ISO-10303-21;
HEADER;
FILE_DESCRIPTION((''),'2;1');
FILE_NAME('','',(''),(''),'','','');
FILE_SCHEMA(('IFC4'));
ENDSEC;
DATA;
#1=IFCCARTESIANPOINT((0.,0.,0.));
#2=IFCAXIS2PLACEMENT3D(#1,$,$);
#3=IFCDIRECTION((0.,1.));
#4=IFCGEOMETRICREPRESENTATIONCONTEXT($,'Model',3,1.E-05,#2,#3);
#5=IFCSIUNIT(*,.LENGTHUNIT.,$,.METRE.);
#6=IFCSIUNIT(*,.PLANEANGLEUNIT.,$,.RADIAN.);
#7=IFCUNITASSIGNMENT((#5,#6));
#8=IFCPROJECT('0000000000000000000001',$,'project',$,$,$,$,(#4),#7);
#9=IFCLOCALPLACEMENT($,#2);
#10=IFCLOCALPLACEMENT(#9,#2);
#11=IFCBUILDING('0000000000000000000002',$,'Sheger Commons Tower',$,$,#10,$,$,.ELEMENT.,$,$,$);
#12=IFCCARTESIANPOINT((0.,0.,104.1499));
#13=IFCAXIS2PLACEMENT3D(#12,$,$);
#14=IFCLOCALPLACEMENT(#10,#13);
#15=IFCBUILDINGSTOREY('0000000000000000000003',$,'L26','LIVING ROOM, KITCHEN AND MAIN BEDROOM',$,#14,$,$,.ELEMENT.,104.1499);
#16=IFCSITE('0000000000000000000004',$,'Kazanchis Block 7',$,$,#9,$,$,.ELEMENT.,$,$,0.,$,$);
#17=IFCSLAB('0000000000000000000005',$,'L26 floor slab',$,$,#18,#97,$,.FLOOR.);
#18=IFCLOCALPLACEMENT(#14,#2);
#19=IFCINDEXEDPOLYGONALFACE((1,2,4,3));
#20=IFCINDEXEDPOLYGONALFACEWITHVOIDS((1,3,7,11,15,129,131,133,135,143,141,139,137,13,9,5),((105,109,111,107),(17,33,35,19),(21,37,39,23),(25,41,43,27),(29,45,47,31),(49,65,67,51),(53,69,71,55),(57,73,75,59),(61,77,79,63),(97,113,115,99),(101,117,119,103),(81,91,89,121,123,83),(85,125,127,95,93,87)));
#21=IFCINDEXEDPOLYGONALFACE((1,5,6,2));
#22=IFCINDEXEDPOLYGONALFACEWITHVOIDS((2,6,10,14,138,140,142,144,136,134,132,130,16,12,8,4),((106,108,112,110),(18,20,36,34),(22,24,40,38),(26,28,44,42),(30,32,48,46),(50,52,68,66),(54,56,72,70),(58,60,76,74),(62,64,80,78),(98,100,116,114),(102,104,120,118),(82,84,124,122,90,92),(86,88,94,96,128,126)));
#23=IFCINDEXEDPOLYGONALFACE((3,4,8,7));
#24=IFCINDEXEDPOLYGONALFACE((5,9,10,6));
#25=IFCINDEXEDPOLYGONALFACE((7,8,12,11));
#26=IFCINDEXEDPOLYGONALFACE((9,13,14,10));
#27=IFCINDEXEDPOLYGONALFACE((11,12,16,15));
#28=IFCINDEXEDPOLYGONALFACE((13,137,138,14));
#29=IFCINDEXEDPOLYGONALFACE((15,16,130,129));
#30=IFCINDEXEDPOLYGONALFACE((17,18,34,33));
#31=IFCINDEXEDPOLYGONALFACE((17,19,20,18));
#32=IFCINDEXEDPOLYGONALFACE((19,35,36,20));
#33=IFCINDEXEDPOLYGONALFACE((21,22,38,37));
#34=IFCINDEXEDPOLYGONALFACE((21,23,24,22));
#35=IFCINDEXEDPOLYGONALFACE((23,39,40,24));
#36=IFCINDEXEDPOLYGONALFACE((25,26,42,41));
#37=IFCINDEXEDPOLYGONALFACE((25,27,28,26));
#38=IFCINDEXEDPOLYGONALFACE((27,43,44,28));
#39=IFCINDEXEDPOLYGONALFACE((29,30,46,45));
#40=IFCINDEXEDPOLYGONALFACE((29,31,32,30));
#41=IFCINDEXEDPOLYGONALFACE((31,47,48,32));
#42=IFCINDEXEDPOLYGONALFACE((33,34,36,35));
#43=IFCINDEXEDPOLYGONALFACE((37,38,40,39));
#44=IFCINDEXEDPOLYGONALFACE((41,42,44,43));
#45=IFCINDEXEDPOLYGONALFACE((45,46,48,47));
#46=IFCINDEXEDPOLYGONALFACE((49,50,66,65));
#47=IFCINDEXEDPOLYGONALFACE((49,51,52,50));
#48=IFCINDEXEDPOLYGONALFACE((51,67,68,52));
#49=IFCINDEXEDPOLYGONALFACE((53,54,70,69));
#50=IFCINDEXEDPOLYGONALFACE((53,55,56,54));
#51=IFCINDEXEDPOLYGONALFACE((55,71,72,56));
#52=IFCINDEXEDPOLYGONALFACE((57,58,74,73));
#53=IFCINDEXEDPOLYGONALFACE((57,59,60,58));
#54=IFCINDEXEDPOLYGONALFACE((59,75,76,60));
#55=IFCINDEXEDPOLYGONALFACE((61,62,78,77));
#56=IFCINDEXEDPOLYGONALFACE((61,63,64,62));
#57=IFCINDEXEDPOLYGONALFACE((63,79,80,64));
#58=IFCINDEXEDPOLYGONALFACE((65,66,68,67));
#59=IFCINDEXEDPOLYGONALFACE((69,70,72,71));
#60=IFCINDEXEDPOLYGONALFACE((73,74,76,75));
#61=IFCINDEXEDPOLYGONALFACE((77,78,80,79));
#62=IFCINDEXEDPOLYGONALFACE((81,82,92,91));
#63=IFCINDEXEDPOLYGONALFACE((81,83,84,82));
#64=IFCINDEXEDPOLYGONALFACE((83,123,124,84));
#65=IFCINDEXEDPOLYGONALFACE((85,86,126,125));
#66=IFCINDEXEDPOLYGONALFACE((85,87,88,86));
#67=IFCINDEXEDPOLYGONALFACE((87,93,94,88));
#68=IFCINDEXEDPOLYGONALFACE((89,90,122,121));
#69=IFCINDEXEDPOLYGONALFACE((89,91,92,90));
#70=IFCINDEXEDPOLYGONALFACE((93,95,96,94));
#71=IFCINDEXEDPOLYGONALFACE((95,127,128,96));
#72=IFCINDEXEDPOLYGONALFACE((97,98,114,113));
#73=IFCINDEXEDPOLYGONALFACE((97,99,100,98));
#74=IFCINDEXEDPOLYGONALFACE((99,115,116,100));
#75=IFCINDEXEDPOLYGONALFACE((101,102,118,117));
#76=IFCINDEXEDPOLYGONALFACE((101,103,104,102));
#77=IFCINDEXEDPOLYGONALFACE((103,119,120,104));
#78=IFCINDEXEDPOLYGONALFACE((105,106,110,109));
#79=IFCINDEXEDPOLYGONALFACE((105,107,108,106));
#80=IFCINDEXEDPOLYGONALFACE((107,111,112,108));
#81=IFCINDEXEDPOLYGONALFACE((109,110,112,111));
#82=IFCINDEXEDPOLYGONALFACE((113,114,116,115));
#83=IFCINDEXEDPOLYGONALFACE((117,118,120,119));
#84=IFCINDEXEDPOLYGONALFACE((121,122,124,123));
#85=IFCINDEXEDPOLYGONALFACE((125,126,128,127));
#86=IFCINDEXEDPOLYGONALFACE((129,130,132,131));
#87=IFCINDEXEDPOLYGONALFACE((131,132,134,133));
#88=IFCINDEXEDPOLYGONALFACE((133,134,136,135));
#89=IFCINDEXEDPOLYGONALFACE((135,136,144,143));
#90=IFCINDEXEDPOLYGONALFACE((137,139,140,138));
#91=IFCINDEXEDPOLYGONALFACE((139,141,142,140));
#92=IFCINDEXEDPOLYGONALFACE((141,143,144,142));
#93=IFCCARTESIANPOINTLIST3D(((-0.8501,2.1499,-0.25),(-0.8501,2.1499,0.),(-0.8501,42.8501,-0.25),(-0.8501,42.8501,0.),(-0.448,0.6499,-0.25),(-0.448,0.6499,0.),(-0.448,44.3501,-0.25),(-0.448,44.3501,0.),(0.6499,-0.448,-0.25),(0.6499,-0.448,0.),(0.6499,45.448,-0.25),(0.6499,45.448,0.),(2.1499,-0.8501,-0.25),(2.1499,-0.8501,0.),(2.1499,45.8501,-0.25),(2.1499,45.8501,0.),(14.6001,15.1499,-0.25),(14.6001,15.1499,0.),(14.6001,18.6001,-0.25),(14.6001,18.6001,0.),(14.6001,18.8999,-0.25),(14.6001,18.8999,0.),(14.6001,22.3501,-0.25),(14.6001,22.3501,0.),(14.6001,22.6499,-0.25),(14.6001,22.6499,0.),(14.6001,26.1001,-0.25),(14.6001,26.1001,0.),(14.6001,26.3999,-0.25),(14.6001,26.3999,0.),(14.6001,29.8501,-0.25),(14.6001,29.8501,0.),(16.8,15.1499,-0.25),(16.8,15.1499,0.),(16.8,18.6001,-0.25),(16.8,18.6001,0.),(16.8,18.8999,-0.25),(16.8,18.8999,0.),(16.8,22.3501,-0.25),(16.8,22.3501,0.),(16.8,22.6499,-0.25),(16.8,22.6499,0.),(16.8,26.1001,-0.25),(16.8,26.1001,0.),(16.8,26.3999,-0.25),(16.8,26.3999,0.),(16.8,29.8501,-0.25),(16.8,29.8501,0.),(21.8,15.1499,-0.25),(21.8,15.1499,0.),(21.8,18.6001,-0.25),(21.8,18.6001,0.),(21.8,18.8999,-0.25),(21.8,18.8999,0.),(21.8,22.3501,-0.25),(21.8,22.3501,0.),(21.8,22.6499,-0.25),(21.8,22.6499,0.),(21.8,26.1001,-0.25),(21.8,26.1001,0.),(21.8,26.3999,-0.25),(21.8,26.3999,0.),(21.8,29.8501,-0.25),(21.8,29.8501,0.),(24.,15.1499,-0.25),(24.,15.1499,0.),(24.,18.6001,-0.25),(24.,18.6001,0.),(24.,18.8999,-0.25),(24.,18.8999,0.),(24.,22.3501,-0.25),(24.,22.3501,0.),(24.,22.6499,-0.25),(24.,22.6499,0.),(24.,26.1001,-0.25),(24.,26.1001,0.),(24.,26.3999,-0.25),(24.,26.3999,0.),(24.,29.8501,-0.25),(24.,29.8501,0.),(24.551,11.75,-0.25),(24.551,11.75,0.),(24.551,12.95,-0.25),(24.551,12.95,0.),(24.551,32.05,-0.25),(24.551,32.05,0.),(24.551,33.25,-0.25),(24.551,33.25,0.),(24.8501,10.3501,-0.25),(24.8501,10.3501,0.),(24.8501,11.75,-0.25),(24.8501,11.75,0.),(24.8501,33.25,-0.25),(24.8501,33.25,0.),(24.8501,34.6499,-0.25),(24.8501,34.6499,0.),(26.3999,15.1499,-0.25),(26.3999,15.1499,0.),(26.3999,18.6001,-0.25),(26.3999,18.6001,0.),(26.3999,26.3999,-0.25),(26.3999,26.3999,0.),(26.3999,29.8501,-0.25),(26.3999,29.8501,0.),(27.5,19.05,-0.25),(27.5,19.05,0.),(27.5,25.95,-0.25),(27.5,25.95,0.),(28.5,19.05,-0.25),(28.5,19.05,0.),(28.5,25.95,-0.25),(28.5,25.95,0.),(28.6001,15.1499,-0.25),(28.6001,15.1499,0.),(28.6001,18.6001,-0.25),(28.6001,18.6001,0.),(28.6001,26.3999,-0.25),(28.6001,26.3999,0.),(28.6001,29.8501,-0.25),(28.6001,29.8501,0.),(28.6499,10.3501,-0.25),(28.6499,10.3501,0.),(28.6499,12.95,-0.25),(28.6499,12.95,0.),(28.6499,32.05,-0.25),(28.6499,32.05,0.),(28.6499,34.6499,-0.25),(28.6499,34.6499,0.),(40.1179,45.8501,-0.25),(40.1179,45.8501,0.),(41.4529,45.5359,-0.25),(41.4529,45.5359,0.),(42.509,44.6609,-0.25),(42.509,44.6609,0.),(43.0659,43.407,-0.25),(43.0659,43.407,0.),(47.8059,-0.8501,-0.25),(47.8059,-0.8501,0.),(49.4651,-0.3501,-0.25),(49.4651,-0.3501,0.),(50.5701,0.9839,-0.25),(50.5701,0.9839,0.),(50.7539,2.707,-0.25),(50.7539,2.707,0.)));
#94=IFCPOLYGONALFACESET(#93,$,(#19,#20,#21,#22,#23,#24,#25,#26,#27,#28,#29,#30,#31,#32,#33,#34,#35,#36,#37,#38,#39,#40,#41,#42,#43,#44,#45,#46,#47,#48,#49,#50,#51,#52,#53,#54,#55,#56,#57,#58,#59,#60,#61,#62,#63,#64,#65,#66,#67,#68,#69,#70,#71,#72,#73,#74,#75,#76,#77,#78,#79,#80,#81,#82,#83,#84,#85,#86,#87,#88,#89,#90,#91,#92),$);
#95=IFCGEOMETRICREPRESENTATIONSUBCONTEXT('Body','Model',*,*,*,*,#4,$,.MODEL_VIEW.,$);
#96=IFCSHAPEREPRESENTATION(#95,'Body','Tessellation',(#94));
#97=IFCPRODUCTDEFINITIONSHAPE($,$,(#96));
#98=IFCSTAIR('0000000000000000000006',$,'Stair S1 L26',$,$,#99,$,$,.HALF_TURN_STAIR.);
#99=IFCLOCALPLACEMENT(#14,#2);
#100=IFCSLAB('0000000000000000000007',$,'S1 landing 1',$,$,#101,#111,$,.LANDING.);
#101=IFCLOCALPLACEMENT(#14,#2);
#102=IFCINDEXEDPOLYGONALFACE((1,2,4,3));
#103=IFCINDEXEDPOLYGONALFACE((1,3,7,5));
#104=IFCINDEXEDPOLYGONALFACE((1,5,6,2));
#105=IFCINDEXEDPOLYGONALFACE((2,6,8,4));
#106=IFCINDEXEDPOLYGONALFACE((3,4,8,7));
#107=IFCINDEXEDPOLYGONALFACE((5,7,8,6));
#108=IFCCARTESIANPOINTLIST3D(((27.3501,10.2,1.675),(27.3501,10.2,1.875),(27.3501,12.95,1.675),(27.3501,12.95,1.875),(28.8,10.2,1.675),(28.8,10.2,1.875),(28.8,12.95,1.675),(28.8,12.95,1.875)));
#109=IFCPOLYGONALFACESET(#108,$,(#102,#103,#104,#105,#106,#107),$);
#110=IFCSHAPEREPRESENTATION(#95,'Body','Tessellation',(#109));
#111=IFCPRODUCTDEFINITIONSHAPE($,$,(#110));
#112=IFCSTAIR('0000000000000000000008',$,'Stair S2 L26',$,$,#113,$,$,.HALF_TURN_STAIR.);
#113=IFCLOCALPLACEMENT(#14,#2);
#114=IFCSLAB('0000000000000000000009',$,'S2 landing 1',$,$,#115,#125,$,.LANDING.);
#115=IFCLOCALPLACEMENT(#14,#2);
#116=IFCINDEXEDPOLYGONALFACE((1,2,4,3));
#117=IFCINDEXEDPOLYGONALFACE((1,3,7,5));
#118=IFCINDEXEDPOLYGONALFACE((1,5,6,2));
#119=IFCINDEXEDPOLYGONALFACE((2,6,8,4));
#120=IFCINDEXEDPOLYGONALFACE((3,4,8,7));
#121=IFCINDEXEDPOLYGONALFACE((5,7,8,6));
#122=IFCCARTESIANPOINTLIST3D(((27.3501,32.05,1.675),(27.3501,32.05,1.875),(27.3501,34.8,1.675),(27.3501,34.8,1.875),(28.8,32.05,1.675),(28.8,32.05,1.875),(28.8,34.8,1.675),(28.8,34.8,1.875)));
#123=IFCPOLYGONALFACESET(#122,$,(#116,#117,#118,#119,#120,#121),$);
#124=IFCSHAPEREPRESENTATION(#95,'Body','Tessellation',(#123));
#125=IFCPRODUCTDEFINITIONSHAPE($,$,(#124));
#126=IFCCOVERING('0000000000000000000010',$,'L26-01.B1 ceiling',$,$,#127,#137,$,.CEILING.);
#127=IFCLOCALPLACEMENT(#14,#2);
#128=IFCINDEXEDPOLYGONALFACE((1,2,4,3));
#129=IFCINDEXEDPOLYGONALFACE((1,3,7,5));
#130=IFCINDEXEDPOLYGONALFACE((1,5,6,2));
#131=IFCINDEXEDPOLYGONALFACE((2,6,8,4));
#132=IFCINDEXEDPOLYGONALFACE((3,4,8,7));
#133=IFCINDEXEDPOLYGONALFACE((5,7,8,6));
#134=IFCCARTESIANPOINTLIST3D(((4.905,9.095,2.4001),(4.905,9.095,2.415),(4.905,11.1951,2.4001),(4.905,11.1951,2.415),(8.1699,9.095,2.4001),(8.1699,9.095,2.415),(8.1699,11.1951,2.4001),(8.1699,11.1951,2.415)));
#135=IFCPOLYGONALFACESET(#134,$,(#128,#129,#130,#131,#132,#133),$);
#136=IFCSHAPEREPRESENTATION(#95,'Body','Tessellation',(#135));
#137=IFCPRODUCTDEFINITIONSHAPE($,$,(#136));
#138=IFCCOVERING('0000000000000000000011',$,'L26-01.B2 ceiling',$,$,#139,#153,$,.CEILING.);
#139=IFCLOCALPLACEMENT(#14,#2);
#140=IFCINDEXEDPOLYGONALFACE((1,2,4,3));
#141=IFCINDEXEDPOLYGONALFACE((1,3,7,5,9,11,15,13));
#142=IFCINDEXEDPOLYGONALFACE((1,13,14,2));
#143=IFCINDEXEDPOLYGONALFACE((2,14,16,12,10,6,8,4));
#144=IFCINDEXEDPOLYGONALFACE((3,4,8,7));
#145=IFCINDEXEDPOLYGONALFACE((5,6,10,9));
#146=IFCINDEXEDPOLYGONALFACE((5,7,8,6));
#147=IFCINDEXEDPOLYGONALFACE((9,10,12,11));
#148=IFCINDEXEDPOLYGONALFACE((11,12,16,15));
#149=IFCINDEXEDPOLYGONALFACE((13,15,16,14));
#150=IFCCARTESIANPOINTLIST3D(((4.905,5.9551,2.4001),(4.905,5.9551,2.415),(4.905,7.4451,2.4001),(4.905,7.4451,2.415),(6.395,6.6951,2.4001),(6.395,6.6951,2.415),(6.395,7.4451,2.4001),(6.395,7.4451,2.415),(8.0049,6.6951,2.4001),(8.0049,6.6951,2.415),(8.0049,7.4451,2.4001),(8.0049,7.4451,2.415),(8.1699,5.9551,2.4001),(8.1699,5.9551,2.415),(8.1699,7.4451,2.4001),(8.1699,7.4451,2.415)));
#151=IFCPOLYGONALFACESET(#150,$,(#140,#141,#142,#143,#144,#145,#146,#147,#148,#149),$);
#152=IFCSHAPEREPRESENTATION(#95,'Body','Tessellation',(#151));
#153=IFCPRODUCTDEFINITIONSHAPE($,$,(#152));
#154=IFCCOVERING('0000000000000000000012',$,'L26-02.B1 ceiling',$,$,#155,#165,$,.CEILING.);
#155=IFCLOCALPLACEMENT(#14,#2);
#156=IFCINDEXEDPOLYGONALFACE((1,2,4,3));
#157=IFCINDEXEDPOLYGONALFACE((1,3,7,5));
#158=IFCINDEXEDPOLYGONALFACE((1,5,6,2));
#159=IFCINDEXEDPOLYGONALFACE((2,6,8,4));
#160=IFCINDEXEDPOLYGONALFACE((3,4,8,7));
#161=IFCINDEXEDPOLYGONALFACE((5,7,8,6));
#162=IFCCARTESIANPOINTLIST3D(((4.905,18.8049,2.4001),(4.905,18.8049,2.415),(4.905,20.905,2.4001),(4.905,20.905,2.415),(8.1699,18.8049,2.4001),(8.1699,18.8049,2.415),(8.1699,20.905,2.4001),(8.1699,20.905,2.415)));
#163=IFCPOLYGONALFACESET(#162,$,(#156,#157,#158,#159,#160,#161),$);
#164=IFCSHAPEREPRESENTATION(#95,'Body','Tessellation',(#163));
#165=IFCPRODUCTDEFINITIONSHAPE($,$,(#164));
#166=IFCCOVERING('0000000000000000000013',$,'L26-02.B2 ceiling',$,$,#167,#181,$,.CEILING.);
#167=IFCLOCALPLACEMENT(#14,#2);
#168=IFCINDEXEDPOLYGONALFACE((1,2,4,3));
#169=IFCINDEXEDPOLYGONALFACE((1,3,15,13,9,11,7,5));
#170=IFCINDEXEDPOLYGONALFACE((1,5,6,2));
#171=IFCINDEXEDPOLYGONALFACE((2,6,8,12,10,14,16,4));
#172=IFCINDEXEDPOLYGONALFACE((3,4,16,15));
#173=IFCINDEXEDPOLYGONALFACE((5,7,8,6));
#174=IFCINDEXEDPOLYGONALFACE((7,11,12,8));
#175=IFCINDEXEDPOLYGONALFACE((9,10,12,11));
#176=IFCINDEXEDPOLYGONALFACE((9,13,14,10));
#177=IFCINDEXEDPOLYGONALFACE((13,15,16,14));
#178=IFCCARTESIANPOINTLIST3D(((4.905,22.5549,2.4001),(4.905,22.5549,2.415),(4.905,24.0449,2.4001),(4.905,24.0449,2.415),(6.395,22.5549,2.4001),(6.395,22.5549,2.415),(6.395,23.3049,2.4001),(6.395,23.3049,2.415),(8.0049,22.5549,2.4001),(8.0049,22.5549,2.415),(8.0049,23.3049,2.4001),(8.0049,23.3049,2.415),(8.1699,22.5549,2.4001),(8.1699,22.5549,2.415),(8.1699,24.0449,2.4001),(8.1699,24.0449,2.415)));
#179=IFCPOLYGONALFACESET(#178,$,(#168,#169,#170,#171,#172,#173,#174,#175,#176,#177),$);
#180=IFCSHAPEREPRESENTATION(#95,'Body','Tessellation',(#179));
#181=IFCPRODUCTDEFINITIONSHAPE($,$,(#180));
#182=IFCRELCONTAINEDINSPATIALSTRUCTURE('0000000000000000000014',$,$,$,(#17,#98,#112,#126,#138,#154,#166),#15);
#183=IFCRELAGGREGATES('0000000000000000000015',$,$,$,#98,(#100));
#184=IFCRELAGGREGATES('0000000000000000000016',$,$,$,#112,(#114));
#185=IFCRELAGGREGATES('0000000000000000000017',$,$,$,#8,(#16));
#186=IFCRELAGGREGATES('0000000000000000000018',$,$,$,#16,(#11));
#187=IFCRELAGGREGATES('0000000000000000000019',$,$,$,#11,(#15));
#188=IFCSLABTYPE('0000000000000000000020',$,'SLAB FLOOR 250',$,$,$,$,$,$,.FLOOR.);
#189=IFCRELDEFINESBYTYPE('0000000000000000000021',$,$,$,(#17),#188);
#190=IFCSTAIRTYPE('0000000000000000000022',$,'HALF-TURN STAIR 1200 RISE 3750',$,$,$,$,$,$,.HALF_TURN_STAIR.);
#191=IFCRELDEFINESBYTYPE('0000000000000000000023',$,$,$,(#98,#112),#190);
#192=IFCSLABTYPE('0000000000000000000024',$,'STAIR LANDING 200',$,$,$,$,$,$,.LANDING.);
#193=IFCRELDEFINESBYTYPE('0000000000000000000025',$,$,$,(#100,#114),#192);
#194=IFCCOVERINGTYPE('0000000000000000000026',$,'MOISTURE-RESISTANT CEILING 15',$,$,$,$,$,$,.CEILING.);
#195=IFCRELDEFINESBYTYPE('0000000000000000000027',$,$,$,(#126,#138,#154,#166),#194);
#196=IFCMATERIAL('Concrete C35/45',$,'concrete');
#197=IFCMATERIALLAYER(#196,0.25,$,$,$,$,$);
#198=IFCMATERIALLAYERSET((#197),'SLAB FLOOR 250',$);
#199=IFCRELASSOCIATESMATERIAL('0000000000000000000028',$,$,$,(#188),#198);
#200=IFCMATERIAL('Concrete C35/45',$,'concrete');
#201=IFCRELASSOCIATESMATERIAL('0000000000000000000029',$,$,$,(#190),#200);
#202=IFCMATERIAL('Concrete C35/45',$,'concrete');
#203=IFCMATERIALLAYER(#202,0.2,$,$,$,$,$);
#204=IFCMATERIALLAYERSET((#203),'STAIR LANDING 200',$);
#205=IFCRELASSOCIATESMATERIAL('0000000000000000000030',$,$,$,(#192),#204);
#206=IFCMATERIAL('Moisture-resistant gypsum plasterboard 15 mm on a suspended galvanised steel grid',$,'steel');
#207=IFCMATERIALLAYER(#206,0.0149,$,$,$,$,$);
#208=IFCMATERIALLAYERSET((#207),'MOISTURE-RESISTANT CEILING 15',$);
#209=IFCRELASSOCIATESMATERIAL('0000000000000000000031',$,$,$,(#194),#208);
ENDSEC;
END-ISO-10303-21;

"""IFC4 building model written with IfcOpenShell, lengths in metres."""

from ifc_helpers import new_model, si_unit, direction, frame, origin, place, context, subcontext, project, spatial, polyline, outline, extrude, material, layer, layer_set, type_object, element, aggregate, save


model = new_model("IFC4")

# Units and contexts
model_context = context("Model", 3, precision=1e-05, world=origin(), true_north=direction((0.0, 1.0)))
body_context = subcontext(model_context, "Body", "Model", "MODEL_VIEW")
ifc_project = project(units=[si_unit("LENGTHUNIT", "METRE"), si_unit("PLANEANGLEUNIT", "RADIAN")], contexts=[model_context])

# Site, building, storey
site_placement = place(None, origin())
site = spatial("IfcSite", under=ifc_project, at=site_placement, Name="Kazanchis Block 7", CompositionType="ELEMENT", RefElevation=0.0)
building_placement = place(site_placement, origin())
building = spatial("IfcBuilding", under=site, at=building_placement, Name="Sheger Commons Tower", CompositionType="ELEMENT")
storey_placement = place(building_placement, frame((0.0, 0.0, 104.1499)))
storey = spatial("IfcBuildingStorey", under=building, at=storey_placement, Name="L26", Description="LIVING ROOM, KITCHEN AND MAIN BEDROOM", CompositionType="ELEMENT", Elevation=104.1499)

# Slab
ifc_material_1 = material(Name="Concrete C35/45", Category="concrete")
ifc_layer_1 = layer(ifc_material_1, 0.25)
ifc_layer_set_1 = layer_set([ifc_layer_1], Name="SLAB FLOOR 250")
slab_type_1 = type_object("IfcSlabType", Name="SLAB FLOOR 250", PredefinedType="FLOOR", material=ifc_layer_set_1)
slab_1_placement = place(storey_placement, frame((0.0, 0.0, -0.25)))
element("IfcSlab", 1, at=slab_1_placement, inside=storey, type_object=slab_type_1, Name="L26 floor slab", PredefinedType="FLOOR", context=body_context, shape_type="SweptSolid", body=[
    extrude(outline(polyline([(-0.8501, 2.1499), (-0.448, 0.6499), (0.6499, -0.448), (2.1499, -0.8501), (47.8059, -0.8501), (49.4651, -0.3501), (50.5701, 0.9839), (50.7539, 2.707), (43.0659, 43.407), (42.509, 44.6609), (41.4529, 45.5359), (40.1179, 45.8501), (2.1499, 45.8501), (0.6499, 45.448), (-0.448, 44.3501), (-0.8501, 42.8501), (-0.8501, 2.1499)]), holes=[polyline([(24.8501, 10.3501), (28.6499, 10.3501), (28.6499, 12.95), (24.551, 12.95), (24.551, 11.75), (24.8501, 11.75), (24.8501, 10.3501)]), polyline([(24.551, 32.05), (28.6499, 32.05), (28.6499, 34.6499), (24.8501, 34.6499), (24.8501, 33.25), (24.551, 33.25), (24.551, 32.05)]), polyline([(26.3999, 15.1499), (28.6001, 15.1499), (28.6001, 18.6001), (26.3999, 18.6001), (26.3999, 15.1499)]), polyline([(26.3999, 26.3999), (28.6001, 26.3999), (28.6001, 29.8501), (26.3999, 29.8501), (26.3999, 26.3999)]), polyline([(14.6001, 15.1499), (16.8, 15.1499), (16.8, 18.6001), (14.6001, 18.6001), (14.6001, 15.1499)]), polyline([(14.6001, 18.8999), (16.8, 18.8999), (16.8, 22.3501), (14.6001, 22.3501), (14.6001, 18.8999)]), polyline([(14.6001, 22.6499), (16.8, 22.6499), (16.8, 26.1001), (14.6001, 26.1001), (14.6001, 22.6499)]), polyline([(14.6001, 26.3999), (16.8, 26.3999), (16.8, 29.8501), (14.6001, 29.8501), (14.6001, 26.3999)]), polyline([(21.8, 15.1499), (24.0, 15.1499), (24.0, 18.6001), (21.8, 18.6001), (21.8, 15.1499)]), polyline([(21.8, 18.8999), (24.0, 18.8999), (24.0, 22.3501), (21.8, 22.3501), (21.8, 18.8999)]), polyline([(21.8, 22.6499), (24.0, 22.6499), (24.0, 26.1001), (21.8, 26.1001), (21.8, 22.6499)]), polyline([(21.8, 26.3999), (24.0, 26.3999), (24.0, 29.8501), (21.8, 29.8501), (21.8, 26.3999)]), polyline([(27.5, 19.05), (28.5, 19.05), (28.5, 25.95), (27.5, 25.95), (27.5, 19.05)])]), origin(), (0.0, 0.0, 1.0), 0.25),
])

# Stairs, slabs
ifc_material_2 = material(Name="Concrete C35/45", Category="concrete")
stair_type = type_object("IfcStairType", Name="HALF-TURN STAIR 1200 RISE 3750", PredefinedType="HALF_TURN_STAIR", material=ifc_material_2)
stair_1_placement = place(storey_placement, origin())
stair_1 = element("IfcStair", 2, at=stair_1_placement, inside=storey, type_object=stair_type, Name="Stair S1 L26", PredefinedType="HALF_TURN_STAIR")
ifc_material_3 = material(Name="Concrete C35/45", Category="concrete")
ifc_layer_2 = layer(ifc_material_3, 0.2)
ifc_layer_set_2 = layer_set([ifc_layer_2], Name="STAIR LANDING 200")
slab_type_2 = type_object("IfcSlabType", Name="STAIR LANDING 200", PredefinedType="LANDING", material=ifc_layer_set_2)
slab_2_placement = place(storey_placement, frame((0.0, 0.0, 1.675)))
slab_2 = element("IfcSlab", 3, at=slab_2_placement, type_object=slab_type_2, Name="S1 landing 1", PredefinedType="LANDING", context=body_context, shape_type="SweptSolid", body=[
    extrude(outline(polyline([(27.3501, 10.2), (28.8, 10.2), (28.8, 12.95), (27.3501, 12.95), (27.3501, 10.2)])), origin(), (0.0, 0.0, 1.0), 0.2),
])
aggregate(stair_1, [slab_2])
stair_2_placement = place(storey_placement, origin())
stair_2 = element("IfcStair", 4, at=stair_2_placement, inside=storey, type_object=stair_type, Name="Stair S2 L26", PredefinedType="HALF_TURN_STAIR")
slab_3_placement = place(storey_placement, frame((0.0, 0.0, 1.675)))
slab_3 = element("IfcSlab", 5, at=slab_3_placement, type_object=slab_type_2, Name="S2 landing 1", PredefinedType="LANDING", context=body_context, shape_type="SweptSolid", body=[
    extrude(outline(polyline([(27.3501, 32.05), (28.8, 32.05), (28.8, 34.8), (27.3501, 34.8), (27.3501, 32.05)])), origin(), (0.0, 0.0, 1.0), 0.2),
])
aggregate(stair_2, [slab_3])

# Coverings
ifc_material_4 = material(Name="Moisture-resistant gypsum plasterboard 15 mm on a suspended galvanised steel grid", Category="steel")
ifc_layer_3 = layer(ifc_material_4, 0.0149)
ifc_layer_set_3 = layer_set([ifc_layer_3], Name="MOISTURE-RESISTANT CEILING 15")
covering_type_1 = type_object("IfcCoveringType", Name="MOISTURE-RESISTANT CEILING 15", PredefinedType="CEILING", material=ifc_layer_set_3)
covering_1_placement = place(storey_placement, frame((0.0, 0.0, 2.4001)))
element("IfcCovering", 6, at=covering_1_placement, inside=storey, type_object=covering_type_1, Name="L26-01.B1 ceiling", PredefinedType="CEILING", context=body_context, shape_type="SweptSolid", body=[
    extrude(outline(polyline([(4.905, 9.095), (8.1699, 9.095), (8.1699, 11.1951), (4.905, 11.1951), (4.905, 9.095)])), origin(), (0.0, 0.0, 1.0), 0.0149),
])
covering_2_placement = place(storey_placement, frame((0.0, 0.0, 2.4001)))
element("IfcCovering", 7, at=covering_2_placement, inside=storey, type_object=covering_type_1, Name="L26-01.B2 ceiling", PredefinedType="CEILING", context=body_context, shape_type="SweptSolid", body=[
    extrude(outline(polyline([(4.905, 5.9551), (8.1699, 5.9551), (8.1699, 7.4451), (8.0049, 7.4451), (8.0049, 6.6951), (6.395, 6.6951), (6.395, 7.4451), (4.905, 7.4451), (4.905, 5.9551)])), origin(), (0.0, 0.0, 1.0), 0.0149),
])
covering_3_placement = place(storey_placement, frame((0.0, 0.0, 2.4001)))
element("IfcCovering", 8, at=covering_3_placement, inside=storey, type_object=covering_type_1, Name="L26-02.B1 ceiling", PredefinedType="CEILING", context=body_context, shape_type="SweptSolid", body=[
    extrude(outline(polyline([(4.905, 18.8049), (8.1699, 18.8049), (8.1699, 20.905), (4.905, 20.905), (4.905, 18.8049)])), origin(), (0.0, 0.0, 1.0), 0.0149),
])
covering_4_placement = place(storey_placement, frame((0.0, 0.0, 2.4001)))
element("IfcCovering", 9, at=covering_4_placement, inside=storey, type_object=covering_type_1, Name="L26-02.B2 ceiling", PredefinedType="CEILING", context=body_context, shape_type="SweptSolid", body=[
    extrude(outline(polyline([(4.905, 22.5549), (6.395, 22.5549), (6.395, 23.3049), (8.0049, 23.3049), (8.0049, 22.5549), (8.1699, 22.5549), (8.1699, 24.0449), (4.905, 24.0449), (4.905, 22.5549)])), origin(), (0.0, 0.0, 1.0), 0.0149),
])

save(model, "model.ifc")
